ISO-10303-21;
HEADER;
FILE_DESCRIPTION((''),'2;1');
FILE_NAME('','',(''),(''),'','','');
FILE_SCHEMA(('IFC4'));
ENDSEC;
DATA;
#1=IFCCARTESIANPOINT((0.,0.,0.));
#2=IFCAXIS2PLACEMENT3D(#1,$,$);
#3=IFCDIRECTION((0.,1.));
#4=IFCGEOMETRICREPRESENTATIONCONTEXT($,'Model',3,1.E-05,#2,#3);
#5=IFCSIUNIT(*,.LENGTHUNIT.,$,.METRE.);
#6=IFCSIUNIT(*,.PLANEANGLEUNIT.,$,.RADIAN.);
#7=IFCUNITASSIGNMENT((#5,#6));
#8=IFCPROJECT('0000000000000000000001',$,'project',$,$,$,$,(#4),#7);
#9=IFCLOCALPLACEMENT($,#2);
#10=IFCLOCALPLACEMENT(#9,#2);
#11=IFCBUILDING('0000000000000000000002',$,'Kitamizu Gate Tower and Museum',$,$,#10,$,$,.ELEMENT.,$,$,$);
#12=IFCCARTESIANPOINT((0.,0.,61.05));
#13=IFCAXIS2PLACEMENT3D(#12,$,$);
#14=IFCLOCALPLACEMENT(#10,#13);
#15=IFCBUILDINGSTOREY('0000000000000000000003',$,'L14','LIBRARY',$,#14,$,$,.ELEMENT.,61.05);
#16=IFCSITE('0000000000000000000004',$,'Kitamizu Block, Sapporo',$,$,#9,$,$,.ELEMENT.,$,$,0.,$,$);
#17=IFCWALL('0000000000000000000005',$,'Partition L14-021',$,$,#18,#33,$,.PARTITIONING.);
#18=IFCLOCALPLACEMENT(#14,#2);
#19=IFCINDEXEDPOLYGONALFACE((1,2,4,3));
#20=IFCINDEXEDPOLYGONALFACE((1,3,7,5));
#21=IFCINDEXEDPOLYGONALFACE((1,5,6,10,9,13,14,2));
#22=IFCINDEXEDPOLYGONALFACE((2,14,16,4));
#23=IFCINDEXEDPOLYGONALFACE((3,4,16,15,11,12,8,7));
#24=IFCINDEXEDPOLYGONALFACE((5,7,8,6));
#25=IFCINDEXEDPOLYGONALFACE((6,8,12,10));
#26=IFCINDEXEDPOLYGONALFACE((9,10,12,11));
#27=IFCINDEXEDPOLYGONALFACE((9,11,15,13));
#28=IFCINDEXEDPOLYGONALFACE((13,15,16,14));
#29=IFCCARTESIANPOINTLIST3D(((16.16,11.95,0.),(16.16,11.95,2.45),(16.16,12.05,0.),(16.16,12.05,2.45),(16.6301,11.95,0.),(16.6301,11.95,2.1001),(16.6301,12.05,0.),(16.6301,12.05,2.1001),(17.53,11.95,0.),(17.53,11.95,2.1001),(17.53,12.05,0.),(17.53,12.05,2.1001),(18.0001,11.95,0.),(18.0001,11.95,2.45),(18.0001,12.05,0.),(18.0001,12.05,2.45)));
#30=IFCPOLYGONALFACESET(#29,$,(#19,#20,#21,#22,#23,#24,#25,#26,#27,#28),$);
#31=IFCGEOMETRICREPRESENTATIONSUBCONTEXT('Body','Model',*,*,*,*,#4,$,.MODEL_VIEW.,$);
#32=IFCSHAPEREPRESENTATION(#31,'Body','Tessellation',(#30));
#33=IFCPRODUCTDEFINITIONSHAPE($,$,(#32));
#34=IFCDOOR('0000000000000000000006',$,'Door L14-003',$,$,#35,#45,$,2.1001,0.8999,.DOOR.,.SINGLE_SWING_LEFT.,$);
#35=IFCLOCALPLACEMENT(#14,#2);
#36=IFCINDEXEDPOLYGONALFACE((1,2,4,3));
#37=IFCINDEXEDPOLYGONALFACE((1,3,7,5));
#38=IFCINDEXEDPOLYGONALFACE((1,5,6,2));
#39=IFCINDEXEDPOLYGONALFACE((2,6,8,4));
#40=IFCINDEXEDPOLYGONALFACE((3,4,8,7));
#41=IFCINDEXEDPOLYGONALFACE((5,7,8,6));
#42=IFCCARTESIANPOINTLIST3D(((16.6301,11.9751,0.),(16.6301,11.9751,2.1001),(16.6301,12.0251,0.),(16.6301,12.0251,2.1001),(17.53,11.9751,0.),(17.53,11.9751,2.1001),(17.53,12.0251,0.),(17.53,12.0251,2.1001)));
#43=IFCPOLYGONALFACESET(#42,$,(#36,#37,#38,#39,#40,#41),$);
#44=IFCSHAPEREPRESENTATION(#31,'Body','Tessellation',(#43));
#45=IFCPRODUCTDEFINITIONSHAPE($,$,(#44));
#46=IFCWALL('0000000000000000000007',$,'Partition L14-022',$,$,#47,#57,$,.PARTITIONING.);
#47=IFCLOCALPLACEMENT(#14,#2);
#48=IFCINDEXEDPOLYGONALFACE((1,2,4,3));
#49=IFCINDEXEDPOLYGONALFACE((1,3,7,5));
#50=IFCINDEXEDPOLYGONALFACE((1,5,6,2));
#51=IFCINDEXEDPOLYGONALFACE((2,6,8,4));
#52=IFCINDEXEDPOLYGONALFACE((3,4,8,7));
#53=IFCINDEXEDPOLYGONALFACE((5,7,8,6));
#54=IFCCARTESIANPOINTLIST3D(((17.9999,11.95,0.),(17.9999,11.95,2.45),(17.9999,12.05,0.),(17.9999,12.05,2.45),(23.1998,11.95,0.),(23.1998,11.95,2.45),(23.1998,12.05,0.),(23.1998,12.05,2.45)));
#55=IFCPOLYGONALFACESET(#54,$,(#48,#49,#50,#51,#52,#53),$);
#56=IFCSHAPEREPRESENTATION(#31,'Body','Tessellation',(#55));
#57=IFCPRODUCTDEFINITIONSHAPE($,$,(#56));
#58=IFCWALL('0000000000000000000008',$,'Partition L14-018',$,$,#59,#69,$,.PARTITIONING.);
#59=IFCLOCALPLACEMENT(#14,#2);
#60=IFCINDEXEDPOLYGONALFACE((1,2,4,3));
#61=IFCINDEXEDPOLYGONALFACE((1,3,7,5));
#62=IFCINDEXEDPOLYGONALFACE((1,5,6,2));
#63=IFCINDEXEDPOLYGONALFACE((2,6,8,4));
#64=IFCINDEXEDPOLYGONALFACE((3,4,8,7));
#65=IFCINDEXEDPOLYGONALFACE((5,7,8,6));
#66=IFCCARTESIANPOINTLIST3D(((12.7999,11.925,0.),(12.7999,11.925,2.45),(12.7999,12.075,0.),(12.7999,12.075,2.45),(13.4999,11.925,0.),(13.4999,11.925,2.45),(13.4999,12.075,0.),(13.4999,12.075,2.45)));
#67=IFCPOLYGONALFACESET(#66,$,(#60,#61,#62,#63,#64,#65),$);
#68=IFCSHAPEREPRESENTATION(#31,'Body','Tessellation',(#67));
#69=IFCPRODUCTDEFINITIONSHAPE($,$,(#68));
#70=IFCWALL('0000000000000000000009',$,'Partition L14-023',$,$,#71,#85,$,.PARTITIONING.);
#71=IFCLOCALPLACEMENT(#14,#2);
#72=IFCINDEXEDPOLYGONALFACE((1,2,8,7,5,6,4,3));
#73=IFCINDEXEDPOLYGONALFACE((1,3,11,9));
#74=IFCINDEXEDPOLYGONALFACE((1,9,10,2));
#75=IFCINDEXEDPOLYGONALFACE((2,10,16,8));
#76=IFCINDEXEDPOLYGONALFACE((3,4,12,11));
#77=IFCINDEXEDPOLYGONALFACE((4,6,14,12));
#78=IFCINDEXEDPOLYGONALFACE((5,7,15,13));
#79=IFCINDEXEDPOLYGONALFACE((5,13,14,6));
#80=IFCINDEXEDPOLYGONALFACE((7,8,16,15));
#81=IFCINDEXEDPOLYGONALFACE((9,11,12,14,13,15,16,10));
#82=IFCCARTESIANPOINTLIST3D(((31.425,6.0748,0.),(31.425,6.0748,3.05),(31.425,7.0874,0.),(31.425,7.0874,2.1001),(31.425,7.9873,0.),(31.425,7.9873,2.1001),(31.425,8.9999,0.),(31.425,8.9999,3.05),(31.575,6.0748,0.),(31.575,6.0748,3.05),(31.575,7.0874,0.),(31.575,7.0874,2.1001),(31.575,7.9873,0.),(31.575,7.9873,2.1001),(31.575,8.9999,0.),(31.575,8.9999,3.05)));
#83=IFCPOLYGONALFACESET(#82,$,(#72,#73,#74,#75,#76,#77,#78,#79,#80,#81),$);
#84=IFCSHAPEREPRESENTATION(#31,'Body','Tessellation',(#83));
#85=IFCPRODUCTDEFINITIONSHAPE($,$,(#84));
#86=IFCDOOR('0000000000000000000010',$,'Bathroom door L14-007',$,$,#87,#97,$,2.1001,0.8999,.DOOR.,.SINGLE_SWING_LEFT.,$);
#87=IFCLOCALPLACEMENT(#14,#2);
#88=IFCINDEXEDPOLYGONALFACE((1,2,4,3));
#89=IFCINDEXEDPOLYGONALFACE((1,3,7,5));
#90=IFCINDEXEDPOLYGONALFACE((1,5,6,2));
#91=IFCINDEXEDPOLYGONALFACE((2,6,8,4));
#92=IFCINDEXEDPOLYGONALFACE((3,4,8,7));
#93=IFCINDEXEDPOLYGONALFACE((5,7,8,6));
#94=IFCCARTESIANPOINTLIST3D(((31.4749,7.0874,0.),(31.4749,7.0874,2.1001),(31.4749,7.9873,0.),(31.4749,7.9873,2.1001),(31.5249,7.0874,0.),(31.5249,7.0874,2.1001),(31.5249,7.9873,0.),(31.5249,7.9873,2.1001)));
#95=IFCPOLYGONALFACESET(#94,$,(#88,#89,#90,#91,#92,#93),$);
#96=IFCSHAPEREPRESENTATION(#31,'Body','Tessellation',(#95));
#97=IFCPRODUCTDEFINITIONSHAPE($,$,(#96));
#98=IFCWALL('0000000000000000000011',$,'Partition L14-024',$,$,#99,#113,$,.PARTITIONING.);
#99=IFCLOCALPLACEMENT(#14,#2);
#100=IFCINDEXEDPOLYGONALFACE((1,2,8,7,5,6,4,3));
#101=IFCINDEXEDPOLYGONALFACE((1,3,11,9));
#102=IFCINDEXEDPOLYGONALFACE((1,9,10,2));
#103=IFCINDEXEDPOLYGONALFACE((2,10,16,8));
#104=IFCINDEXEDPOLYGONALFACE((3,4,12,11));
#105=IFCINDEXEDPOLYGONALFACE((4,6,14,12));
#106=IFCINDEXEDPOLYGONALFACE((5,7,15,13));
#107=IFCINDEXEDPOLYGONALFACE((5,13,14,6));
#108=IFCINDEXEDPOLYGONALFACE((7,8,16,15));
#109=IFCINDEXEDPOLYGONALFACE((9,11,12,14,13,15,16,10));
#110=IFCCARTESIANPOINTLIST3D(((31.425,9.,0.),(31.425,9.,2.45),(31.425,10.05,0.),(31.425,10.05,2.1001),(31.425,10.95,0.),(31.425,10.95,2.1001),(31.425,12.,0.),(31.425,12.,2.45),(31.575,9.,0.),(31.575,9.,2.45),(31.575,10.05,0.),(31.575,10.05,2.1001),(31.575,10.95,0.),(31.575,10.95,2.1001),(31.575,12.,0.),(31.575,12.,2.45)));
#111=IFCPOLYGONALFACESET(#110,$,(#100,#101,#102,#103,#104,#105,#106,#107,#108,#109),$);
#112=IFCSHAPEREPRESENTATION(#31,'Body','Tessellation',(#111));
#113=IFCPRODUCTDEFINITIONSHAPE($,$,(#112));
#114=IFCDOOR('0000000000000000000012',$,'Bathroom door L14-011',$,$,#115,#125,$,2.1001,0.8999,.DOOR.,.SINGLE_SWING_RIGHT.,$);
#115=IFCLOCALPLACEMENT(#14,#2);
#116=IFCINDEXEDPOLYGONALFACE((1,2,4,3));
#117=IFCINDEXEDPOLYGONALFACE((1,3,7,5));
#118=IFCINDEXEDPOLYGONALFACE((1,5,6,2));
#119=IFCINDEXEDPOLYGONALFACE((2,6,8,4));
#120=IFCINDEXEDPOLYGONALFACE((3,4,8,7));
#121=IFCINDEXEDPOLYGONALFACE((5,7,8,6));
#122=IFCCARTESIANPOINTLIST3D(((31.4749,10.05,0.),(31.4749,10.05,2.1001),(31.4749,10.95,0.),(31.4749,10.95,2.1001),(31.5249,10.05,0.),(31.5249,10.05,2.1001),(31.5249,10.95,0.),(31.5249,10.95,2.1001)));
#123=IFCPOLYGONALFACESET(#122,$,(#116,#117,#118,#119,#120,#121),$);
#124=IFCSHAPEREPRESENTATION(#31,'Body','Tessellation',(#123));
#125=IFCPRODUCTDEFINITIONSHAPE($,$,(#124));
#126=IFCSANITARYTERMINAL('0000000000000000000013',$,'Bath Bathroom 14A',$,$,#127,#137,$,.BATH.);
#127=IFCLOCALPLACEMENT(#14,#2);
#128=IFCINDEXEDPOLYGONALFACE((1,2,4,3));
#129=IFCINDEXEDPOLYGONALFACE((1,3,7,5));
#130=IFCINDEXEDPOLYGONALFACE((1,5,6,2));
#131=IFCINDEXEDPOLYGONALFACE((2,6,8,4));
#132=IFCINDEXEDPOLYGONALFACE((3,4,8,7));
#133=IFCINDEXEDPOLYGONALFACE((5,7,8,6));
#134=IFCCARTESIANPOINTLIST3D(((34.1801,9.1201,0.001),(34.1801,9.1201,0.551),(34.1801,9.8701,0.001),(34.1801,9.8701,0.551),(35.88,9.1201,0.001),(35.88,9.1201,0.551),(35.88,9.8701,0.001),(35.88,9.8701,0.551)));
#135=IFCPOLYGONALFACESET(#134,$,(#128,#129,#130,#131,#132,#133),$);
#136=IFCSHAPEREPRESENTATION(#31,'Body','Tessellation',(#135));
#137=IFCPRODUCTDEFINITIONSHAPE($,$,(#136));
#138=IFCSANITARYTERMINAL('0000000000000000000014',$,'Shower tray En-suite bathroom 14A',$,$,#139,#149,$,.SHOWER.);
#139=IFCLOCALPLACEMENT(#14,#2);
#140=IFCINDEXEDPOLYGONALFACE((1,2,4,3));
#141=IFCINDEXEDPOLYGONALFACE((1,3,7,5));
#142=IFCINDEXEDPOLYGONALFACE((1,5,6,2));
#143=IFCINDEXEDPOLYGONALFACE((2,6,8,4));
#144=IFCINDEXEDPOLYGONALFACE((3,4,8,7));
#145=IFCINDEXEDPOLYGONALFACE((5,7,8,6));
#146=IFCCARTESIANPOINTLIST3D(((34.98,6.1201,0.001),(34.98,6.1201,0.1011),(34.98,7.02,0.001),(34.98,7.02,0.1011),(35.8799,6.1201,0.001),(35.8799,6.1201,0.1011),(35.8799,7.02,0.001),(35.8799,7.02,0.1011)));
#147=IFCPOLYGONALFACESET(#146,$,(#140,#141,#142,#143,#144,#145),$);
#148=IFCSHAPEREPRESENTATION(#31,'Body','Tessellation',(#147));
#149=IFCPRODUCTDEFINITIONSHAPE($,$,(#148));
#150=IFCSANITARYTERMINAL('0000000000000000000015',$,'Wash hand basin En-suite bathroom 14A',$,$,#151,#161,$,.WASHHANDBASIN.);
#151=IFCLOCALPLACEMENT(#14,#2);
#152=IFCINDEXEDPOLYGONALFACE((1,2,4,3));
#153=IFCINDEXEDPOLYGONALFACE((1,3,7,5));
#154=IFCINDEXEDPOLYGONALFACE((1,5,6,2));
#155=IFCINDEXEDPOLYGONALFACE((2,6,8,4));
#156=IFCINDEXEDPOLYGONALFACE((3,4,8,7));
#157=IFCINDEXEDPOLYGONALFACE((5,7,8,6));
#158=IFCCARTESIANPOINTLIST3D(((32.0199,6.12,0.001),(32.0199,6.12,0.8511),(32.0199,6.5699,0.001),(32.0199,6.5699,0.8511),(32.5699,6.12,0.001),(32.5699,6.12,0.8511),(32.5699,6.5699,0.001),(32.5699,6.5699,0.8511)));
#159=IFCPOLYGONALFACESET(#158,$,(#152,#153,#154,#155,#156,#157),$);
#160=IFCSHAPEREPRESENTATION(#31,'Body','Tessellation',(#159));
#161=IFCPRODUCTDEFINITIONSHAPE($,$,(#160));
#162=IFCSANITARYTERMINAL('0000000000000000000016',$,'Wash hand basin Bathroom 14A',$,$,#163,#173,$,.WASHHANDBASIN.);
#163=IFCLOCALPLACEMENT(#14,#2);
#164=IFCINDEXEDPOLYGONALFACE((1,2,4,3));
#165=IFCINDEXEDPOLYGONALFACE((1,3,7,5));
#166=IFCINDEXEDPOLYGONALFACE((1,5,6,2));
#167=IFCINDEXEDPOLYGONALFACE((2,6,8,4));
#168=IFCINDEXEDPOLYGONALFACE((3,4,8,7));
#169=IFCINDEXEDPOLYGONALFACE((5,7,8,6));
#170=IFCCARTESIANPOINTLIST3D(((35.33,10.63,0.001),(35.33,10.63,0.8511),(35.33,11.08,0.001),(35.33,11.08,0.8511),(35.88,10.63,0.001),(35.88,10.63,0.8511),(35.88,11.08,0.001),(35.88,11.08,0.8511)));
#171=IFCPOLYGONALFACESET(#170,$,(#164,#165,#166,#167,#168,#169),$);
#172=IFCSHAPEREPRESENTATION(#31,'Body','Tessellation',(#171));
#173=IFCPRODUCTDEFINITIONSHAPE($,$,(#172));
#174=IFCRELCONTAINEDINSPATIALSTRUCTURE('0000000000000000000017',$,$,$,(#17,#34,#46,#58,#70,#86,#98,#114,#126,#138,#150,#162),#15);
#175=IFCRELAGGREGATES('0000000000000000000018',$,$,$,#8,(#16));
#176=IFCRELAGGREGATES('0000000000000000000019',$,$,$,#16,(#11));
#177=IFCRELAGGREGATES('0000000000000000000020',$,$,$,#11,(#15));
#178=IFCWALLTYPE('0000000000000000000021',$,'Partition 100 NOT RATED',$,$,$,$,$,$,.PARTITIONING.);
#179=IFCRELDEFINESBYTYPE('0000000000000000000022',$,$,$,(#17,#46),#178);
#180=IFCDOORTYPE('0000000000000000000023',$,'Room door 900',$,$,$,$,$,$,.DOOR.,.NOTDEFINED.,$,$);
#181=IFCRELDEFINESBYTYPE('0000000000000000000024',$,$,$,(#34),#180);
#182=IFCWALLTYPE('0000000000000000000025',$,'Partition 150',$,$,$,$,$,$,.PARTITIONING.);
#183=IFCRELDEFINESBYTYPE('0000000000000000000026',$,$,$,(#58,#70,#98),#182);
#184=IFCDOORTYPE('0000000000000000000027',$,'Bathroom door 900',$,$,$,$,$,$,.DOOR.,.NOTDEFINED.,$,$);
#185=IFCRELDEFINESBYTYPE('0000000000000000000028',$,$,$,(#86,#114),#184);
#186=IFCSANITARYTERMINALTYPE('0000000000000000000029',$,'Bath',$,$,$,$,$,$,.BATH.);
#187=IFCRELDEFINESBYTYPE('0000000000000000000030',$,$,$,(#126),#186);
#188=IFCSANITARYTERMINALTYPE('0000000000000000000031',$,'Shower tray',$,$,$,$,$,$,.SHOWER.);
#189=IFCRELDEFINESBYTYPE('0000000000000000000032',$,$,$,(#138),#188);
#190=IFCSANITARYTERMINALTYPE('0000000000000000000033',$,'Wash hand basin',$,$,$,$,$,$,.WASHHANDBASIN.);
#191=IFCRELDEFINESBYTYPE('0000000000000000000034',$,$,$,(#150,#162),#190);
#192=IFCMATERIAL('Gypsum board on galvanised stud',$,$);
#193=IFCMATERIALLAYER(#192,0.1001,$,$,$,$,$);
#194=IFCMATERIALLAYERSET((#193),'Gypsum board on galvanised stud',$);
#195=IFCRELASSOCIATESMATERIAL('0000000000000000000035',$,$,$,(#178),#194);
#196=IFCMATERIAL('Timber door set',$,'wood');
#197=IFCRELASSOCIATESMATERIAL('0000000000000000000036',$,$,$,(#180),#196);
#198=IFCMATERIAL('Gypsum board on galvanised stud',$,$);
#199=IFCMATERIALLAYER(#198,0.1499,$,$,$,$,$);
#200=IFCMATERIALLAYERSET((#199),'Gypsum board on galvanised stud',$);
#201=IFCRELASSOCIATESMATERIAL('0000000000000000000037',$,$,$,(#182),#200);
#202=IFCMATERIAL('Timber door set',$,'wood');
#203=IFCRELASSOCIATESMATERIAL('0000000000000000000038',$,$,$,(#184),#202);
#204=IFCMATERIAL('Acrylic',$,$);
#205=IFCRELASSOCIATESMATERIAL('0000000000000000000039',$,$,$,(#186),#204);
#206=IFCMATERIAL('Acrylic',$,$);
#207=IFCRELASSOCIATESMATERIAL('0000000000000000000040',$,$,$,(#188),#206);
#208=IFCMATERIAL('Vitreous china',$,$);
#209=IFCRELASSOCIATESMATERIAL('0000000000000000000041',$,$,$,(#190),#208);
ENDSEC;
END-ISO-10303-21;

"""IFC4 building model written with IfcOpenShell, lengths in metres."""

from ifc_helpers import new_model, si_unit, direction, frame, frame_2d, origin, origin_2d, place, context, subcontext, project, spatial, rectangle, extrude, material, layer, layer_set, type_object, element, fill, save


model = new_model("IFC4")

# Units and contexts
model_context = context("Model", 3, precision=1e-05, world=origin(), true_north=direction((0.0, 1.0)))
body_context = subcontext(model_context, "Body", "Model", "MODEL_VIEW")
ifc_project = project(units=[si_unit("LENGTHUNIT", "METRE"), si_unit("PLANEANGLEUNIT", "RADIAN")], contexts=[model_context])

# Site, building, storey
site_placement = place(None, origin())
site = spatial("IfcSite", under=ifc_project, at=site_placement, Name="Kitamizu Block, Sapporo", CompositionType="ELEMENT", RefElevation=0.0)
building_placement = place(site_placement, origin())
building = spatial("IfcBuilding", under=site, at=building_placement, Name="Kitamizu Gate Tower and Museum", CompositionType="ELEMENT")
storey_placement = place(building_placement, frame((0.0, 0.0, 61.05)))
storey = spatial("IfcBuildingStorey", under=building, at=storey_placement, Name="L14", Description="LIBRARY", CompositionType="ELEMENT", Elevation=61.05)

# Shared definitions
ifc_material_1 = material(Name="Gypsum board on galvanised stud")
ifc_layer_1 = layer(ifc_material_1, 0.1001)
ifc_layer_set_1 = layer_set([ifc_layer_1], Name="Gypsum board on galvanised stud")
wall_type_1 = type_object("IfcWallType", Name="Partition 100 NOT RATED", PredefinedType="PARTITIONING", material=ifc_layer_set_1)
ifc_material_2 = material(Name="Timber door set", Category="wood")
door_type_1 = type_object("IfcDoorType", Name="Room door 900", OperationType="NOTDEFINED", PredefinedType="DOOR", material=ifc_material_2)

# Wall, opening, door
wall_1_placement = place(storey_placement, frame((18.0, 12.0, 0.0), z_axis=(0.0, 0.0, 1.0), x_axis=(-1.0, 0.0, 0.0)))
wall_1 = element("IfcWall", 1, at=wall_1_placement, inside=storey, type_object=wall_type_1, Name="Partition L14-021", PredefinedType="PARTITIONING", context=body_context, shape_type="SweptSolid", body=[
    extrude(rectangle(XDim=1.8401, YDim=0.1001, at=frame_2d((0.9199, 0.0))), origin(), (0.0, 0.0, 1.0), 2.45),
])
opening_1_placement = place(wall_1_placement, frame((0.47, 0.0, 0.0)))
opening_1 = element("IfcOpeningElement", 2, at=opening_1_placement, cuts=wall_1, PredefinedType="OPENING", context=body_context, shape_type="SweptSolid", body=[
    extrude(rectangle(XDim=0.8999, YDim=2.1001, at=frame_2d((0.45, 1.05))), frame((0.0, 0.0601, 0.0), z_axis=(0.0, -1.0, 0.0), x_axis=(1.0, 0.0, 0.0)), (0.0, 0.0, 1.0), 0.1201),
])
door_1_placement = place(opening_1_placement, origin())
door_1 = element("IfcDoor", 3, at=door_1_placement, inside=storey, type_object=door_type_1, Name="Door L14-003", OperationType="SINGLE_SWING_LEFT", OverallHeight=2.1001, OverallWidth=0.8999, PredefinedType="DOOR", context=body_context, shape_type="SweptSolid", body=[
    extrude(rectangle(XDim=0.8999, YDim=2.1001, at=frame_2d((0.45, 1.05))), frame((0.0, 0.0249, 0.0), z_axis=(0.0, -1.0, 0.0), x_axis=(1.0, 0.0, 0.0)), (0.0, 0.0, 1.0), 0.05),
])
fill(opening_1, door_1)

# Walls
wall_2_placement = place(storey_placement, frame((23.2, 12.0, 0.0), z_axis=(0.0, 0.0, 1.0), x_axis=(-1.0, 0.0, 0.0)))
element("IfcWall", 4, at=wall_2_placement, inside=storey, type_object=wall_type_1, Name="Partition L14-022", PredefinedType="PARTITIONING", context=body_context, shape_type="SweptSolid", body=[
    extrude(rectangle(XDim=5.2, YDim=0.1001, at=frame_2d((2.6001, 0.0))), origin(), (0.0, 0.0, 1.0), 2.45),
])
ifc_material_3 = material(Name="Gypsum board on galvanised stud")
ifc_layer_2 = layer(ifc_material_3, 0.1499)
ifc_layer_set_2 = layer_set([ifc_layer_2], Name="Gypsum board on galvanised stud")
wall_type_2 = type_object("IfcWallType", Name="Partition 150", PredefinedType="PARTITIONING", material=ifc_layer_set_2)
wall_3_placement = place(storey_placement, frame((13.5, 12.0, 0.0), z_axis=(0.0, 0.0, 1.0), x_axis=(-1.0, 0.0, 0.0)))
element("IfcWall", 5, at=wall_3_placement, inside=storey, type_object=wall_type_2, Name="Partition L14-018", PredefinedType="PARTITIONING", context=body_context, shape_type="SweptSolid", body=[
    extrude(rectangle(XDim=0.7, YDim=0.1499, at=frame_2d((0.3501, 0.0))), origin(), (0.0, 0.0, 1.0), 2.45),
])

# Walls, openings, doors
wall_4_placement = place(storey_placement, frame((31.5, 6.075, 0.0), z_axis=(0.0, 0.0, 1.0), x_axis=(0.0, 1.0, 0.0)))
wall_4 = element("IfcWall", 6, at=wall_4_placement, inside=storey, type_object=wall_type_2, Name="Partition L14-023", PredefinedType="PARTITIONING", context=body_context, shape_type="SweptSolid", body=[
    extrude(rectangle(XDim=2.925, YDim=0.1499, at=frame_2d((1.4624, 0.0))), origin(), (0.0, 0.0, 1.0), 3.05),
])
opening_2_placement = place(wall_4_placement, frame((1.0125, 0.0, 0.0)))
opening_2 = element("IfcOpeningElement", 7, at=opening_2_placement, cuts=wall_4, PredefinedType="OPENING", context=body_context, shape_type="SweptSolid", body=[
    extrude(rectangle(XDim=0.8999, YDim=2.1001, at=frame_2d((0.45, 1.05))), frame((0.0, 0.085, 0.0), z_axis=(0.0, -1.0, 0.0), x_axis=(1.0, 0.0, 0.0)), (0.0, 0.0, 1.0), 0.1699),
])
ifc_material_4 = material(Name="Timber door set", Category="wood")
door_type_2 = type_object("IfcDoorType", Name="Bathroom door 900", OperationType="NOTDEFINED", PredefinedType="DOOR", material=ifc_material_4)
door_2_placement = place(opening_2_placement, frame((0.8999, 0.0, 0.0), x_axis=(-1.0, 0.0, 0.0)))
door_2 = element("IfcDoor", 8, at=door_2_placement, inside=storey, type_object=door_type_2, Name="Bathroom door L14-007", OperationType="SINGLE_SWING_LEFT", OverallHeight=2.1001, OverallWidth=0.8999, PredefinedType="DOOR", context=body_context, shape_type="SweptSolid", body=[
    extrude(rectangle(XDim=0.8999, YDim=2.1001, at=frame_2d((0.45, 1.05))), frame((0.0, 0.0249, 0.0), z_axis=(0.0, -1.0, 0.0), x_axis=(1.0, 0.0, 0.0)), (0.0, 0.0, 1.0), 0.05),
])
fill(opening_2, door_2)
wall_5_placement = place(storey_placement, frame((31.5, 9.0, 0.0), z_axis=(0.0, 0.0, 1.0), x_axis=(0.0, 1.0, 0.0)))
wall_5 = element("IfcWall", 9, at=wall_5_placement, inside=storey, type_object=wall_type_2, Name="Partition L14-024", PredefinedType="PARTITIONING", context=body_context, shape_type="SweptSolid", body=[
    extrude(rectangle(XDim=3.0, YDim=0.1499, at=frame_2d((1.5, 0.0))), origin(), (0.0, 0.0, 1.0), 2.45),
])
opening_3_placement = place(wall_5_placement, frame((1.05, 0.0, 0.0)))
opening_3 = element("IfcOpeningElement", 10, at=opening_3_placement, cuts=wall_5, PredefinedType="OPENING", context=body_context, shape_type="SweptSolid", body=[
    extrude(rectangle(XDim=0.8999, YDim=2.1001, at=frame_2d((0.45, 1.05))), frame((0.0, 0.085, 0.0), z_axis=(0.0, -1.0, 0.0), x_axis=(1.0, 0.0, 0.0)), (0.0, 0.0, 1.0), 0.1699),
])
door_3_placement = place(opening_3_placement, frame((0.8999, 0.0, 0.0), x_axis=(-1.0, 0.0, 0.0)))
door_3 = element("IfcDoor", 11, at=door_3_placement, inside=storey, type_object=door_type_2, Name="Bathroom door L14-011", OperationType="SINGLE_SWING_RIGHT", OverallHeight=2.1001, OverallWidth=0.8999, PredefinedType="DOOR", context=body_context, shape_type="SweptSolid", body=[
    extrude(rectangle(XDim=0.8999, YDim=2.1001, at=frame_2d((0.45, 1.05))), frame((0.0, 0.0249, 0.0), z_axis=(0.0, -1.0, 0.0), x_axis=(1.0, 0.0, 0.0)), (0.0, 0.0, 1.0), 0.05),
])
fill(opening_3, door_3)

# Sanitary terminals
ifc_material_5 = material(Name="Acrylic")
sanitary_terminal_type_1 = type_object("IfcSanitaryTerminalType", Name="Bath", PredefinedType="BATH", material=ifc_material_5)
sanitary_terminal_1_placement = place(storey_placement, frame((35.03, 9.4951, 0.001), z_axis=(0.0, 0.0, 1.0), x_axis=(1.0, 0.0, 0.0)))
element("IfcSanitaryTerminal", 12, at=sanitary_terminal_1_placement, inside=storey, type_object=sanitary_terminal_type_1, Name="Bath Bathroom 14A", PredefinedType="BATH", context=body_context, shape_type="SweptSolid", body=[
    extrude(rectangle(XDim=1.7, YDim=0.75, at=origin_2d()), origin(), (0.0, 0.0, 1.0), 0.55),
])
ifc_material_6 = material(Name="Acrylic")
sanitary_terminal_type_2 = type_object("IfcSanitaryTerminalType", Name="Shower tray", PredefinedType="SHOWER", material=ifc_material_6)
sanitary_terminal_2_placement = place(storey_placement, frame((35.4299, 6.5701, 0.001), z_axis=(0.0, 0.0, 1.0), x_axis=(1.0, 0.0, 0.0)))
element("IfcSanitaryTerminal", 13, at=sanitary_terminal_2_placement, inside=storey, type_object=sanitary_terminal_type_2, Name="Shower tray En-suite bathroom 14A", PredefinedType="SHOWER", context=body_context, shape_type="SweptSolid", body=[
    extrude(rectangle(XDim=0.8999, YDim=0.8999, at=origin_2d()), origin(), (0.0, 0.0, 1.0), 0.1001),
])
ifc_material_7 = material(Name="Vitreous china")
sanitary_terminal_type_3 = type_object("IfcSanitaryTerminalType", Name="Wash hand basin", PredefinedType="WASHHANDBASIN", material=ifc_material_7)
for number, where, z_axis, x_axis, name in (
    (14, (32.2949, 6.345, 0.001), (0.0, 0.0, 1.0), (1.0, 0.0, 0.0), "Wash hand basin En-suite bathroom 14A"),
    (15, (35.605, 10.855, 0.001), (0.0, 0.0, 1.0), (1.0, 0.0, 0.0), "Wash hand basin Bathroom 14A"),
):
    element("IfcSanitaryTerminal", number, at=place(storey_placement, frame(where, z_axis=z_axis, x_axis=x_axis)), inside=storey, type_object=sanitary_terminal_type_3, Name=name, PredefinedType="WASHHANDBASIN", context=body_context, shape_type="SweptSolid", body=[
        extrude(rectangle(XDim=0.55, YDim=0.45, at=origin_2d()), origin(), (0.0, 0.0, 1.0), 0.8501),
    ])

save(model, "model.ifc")
